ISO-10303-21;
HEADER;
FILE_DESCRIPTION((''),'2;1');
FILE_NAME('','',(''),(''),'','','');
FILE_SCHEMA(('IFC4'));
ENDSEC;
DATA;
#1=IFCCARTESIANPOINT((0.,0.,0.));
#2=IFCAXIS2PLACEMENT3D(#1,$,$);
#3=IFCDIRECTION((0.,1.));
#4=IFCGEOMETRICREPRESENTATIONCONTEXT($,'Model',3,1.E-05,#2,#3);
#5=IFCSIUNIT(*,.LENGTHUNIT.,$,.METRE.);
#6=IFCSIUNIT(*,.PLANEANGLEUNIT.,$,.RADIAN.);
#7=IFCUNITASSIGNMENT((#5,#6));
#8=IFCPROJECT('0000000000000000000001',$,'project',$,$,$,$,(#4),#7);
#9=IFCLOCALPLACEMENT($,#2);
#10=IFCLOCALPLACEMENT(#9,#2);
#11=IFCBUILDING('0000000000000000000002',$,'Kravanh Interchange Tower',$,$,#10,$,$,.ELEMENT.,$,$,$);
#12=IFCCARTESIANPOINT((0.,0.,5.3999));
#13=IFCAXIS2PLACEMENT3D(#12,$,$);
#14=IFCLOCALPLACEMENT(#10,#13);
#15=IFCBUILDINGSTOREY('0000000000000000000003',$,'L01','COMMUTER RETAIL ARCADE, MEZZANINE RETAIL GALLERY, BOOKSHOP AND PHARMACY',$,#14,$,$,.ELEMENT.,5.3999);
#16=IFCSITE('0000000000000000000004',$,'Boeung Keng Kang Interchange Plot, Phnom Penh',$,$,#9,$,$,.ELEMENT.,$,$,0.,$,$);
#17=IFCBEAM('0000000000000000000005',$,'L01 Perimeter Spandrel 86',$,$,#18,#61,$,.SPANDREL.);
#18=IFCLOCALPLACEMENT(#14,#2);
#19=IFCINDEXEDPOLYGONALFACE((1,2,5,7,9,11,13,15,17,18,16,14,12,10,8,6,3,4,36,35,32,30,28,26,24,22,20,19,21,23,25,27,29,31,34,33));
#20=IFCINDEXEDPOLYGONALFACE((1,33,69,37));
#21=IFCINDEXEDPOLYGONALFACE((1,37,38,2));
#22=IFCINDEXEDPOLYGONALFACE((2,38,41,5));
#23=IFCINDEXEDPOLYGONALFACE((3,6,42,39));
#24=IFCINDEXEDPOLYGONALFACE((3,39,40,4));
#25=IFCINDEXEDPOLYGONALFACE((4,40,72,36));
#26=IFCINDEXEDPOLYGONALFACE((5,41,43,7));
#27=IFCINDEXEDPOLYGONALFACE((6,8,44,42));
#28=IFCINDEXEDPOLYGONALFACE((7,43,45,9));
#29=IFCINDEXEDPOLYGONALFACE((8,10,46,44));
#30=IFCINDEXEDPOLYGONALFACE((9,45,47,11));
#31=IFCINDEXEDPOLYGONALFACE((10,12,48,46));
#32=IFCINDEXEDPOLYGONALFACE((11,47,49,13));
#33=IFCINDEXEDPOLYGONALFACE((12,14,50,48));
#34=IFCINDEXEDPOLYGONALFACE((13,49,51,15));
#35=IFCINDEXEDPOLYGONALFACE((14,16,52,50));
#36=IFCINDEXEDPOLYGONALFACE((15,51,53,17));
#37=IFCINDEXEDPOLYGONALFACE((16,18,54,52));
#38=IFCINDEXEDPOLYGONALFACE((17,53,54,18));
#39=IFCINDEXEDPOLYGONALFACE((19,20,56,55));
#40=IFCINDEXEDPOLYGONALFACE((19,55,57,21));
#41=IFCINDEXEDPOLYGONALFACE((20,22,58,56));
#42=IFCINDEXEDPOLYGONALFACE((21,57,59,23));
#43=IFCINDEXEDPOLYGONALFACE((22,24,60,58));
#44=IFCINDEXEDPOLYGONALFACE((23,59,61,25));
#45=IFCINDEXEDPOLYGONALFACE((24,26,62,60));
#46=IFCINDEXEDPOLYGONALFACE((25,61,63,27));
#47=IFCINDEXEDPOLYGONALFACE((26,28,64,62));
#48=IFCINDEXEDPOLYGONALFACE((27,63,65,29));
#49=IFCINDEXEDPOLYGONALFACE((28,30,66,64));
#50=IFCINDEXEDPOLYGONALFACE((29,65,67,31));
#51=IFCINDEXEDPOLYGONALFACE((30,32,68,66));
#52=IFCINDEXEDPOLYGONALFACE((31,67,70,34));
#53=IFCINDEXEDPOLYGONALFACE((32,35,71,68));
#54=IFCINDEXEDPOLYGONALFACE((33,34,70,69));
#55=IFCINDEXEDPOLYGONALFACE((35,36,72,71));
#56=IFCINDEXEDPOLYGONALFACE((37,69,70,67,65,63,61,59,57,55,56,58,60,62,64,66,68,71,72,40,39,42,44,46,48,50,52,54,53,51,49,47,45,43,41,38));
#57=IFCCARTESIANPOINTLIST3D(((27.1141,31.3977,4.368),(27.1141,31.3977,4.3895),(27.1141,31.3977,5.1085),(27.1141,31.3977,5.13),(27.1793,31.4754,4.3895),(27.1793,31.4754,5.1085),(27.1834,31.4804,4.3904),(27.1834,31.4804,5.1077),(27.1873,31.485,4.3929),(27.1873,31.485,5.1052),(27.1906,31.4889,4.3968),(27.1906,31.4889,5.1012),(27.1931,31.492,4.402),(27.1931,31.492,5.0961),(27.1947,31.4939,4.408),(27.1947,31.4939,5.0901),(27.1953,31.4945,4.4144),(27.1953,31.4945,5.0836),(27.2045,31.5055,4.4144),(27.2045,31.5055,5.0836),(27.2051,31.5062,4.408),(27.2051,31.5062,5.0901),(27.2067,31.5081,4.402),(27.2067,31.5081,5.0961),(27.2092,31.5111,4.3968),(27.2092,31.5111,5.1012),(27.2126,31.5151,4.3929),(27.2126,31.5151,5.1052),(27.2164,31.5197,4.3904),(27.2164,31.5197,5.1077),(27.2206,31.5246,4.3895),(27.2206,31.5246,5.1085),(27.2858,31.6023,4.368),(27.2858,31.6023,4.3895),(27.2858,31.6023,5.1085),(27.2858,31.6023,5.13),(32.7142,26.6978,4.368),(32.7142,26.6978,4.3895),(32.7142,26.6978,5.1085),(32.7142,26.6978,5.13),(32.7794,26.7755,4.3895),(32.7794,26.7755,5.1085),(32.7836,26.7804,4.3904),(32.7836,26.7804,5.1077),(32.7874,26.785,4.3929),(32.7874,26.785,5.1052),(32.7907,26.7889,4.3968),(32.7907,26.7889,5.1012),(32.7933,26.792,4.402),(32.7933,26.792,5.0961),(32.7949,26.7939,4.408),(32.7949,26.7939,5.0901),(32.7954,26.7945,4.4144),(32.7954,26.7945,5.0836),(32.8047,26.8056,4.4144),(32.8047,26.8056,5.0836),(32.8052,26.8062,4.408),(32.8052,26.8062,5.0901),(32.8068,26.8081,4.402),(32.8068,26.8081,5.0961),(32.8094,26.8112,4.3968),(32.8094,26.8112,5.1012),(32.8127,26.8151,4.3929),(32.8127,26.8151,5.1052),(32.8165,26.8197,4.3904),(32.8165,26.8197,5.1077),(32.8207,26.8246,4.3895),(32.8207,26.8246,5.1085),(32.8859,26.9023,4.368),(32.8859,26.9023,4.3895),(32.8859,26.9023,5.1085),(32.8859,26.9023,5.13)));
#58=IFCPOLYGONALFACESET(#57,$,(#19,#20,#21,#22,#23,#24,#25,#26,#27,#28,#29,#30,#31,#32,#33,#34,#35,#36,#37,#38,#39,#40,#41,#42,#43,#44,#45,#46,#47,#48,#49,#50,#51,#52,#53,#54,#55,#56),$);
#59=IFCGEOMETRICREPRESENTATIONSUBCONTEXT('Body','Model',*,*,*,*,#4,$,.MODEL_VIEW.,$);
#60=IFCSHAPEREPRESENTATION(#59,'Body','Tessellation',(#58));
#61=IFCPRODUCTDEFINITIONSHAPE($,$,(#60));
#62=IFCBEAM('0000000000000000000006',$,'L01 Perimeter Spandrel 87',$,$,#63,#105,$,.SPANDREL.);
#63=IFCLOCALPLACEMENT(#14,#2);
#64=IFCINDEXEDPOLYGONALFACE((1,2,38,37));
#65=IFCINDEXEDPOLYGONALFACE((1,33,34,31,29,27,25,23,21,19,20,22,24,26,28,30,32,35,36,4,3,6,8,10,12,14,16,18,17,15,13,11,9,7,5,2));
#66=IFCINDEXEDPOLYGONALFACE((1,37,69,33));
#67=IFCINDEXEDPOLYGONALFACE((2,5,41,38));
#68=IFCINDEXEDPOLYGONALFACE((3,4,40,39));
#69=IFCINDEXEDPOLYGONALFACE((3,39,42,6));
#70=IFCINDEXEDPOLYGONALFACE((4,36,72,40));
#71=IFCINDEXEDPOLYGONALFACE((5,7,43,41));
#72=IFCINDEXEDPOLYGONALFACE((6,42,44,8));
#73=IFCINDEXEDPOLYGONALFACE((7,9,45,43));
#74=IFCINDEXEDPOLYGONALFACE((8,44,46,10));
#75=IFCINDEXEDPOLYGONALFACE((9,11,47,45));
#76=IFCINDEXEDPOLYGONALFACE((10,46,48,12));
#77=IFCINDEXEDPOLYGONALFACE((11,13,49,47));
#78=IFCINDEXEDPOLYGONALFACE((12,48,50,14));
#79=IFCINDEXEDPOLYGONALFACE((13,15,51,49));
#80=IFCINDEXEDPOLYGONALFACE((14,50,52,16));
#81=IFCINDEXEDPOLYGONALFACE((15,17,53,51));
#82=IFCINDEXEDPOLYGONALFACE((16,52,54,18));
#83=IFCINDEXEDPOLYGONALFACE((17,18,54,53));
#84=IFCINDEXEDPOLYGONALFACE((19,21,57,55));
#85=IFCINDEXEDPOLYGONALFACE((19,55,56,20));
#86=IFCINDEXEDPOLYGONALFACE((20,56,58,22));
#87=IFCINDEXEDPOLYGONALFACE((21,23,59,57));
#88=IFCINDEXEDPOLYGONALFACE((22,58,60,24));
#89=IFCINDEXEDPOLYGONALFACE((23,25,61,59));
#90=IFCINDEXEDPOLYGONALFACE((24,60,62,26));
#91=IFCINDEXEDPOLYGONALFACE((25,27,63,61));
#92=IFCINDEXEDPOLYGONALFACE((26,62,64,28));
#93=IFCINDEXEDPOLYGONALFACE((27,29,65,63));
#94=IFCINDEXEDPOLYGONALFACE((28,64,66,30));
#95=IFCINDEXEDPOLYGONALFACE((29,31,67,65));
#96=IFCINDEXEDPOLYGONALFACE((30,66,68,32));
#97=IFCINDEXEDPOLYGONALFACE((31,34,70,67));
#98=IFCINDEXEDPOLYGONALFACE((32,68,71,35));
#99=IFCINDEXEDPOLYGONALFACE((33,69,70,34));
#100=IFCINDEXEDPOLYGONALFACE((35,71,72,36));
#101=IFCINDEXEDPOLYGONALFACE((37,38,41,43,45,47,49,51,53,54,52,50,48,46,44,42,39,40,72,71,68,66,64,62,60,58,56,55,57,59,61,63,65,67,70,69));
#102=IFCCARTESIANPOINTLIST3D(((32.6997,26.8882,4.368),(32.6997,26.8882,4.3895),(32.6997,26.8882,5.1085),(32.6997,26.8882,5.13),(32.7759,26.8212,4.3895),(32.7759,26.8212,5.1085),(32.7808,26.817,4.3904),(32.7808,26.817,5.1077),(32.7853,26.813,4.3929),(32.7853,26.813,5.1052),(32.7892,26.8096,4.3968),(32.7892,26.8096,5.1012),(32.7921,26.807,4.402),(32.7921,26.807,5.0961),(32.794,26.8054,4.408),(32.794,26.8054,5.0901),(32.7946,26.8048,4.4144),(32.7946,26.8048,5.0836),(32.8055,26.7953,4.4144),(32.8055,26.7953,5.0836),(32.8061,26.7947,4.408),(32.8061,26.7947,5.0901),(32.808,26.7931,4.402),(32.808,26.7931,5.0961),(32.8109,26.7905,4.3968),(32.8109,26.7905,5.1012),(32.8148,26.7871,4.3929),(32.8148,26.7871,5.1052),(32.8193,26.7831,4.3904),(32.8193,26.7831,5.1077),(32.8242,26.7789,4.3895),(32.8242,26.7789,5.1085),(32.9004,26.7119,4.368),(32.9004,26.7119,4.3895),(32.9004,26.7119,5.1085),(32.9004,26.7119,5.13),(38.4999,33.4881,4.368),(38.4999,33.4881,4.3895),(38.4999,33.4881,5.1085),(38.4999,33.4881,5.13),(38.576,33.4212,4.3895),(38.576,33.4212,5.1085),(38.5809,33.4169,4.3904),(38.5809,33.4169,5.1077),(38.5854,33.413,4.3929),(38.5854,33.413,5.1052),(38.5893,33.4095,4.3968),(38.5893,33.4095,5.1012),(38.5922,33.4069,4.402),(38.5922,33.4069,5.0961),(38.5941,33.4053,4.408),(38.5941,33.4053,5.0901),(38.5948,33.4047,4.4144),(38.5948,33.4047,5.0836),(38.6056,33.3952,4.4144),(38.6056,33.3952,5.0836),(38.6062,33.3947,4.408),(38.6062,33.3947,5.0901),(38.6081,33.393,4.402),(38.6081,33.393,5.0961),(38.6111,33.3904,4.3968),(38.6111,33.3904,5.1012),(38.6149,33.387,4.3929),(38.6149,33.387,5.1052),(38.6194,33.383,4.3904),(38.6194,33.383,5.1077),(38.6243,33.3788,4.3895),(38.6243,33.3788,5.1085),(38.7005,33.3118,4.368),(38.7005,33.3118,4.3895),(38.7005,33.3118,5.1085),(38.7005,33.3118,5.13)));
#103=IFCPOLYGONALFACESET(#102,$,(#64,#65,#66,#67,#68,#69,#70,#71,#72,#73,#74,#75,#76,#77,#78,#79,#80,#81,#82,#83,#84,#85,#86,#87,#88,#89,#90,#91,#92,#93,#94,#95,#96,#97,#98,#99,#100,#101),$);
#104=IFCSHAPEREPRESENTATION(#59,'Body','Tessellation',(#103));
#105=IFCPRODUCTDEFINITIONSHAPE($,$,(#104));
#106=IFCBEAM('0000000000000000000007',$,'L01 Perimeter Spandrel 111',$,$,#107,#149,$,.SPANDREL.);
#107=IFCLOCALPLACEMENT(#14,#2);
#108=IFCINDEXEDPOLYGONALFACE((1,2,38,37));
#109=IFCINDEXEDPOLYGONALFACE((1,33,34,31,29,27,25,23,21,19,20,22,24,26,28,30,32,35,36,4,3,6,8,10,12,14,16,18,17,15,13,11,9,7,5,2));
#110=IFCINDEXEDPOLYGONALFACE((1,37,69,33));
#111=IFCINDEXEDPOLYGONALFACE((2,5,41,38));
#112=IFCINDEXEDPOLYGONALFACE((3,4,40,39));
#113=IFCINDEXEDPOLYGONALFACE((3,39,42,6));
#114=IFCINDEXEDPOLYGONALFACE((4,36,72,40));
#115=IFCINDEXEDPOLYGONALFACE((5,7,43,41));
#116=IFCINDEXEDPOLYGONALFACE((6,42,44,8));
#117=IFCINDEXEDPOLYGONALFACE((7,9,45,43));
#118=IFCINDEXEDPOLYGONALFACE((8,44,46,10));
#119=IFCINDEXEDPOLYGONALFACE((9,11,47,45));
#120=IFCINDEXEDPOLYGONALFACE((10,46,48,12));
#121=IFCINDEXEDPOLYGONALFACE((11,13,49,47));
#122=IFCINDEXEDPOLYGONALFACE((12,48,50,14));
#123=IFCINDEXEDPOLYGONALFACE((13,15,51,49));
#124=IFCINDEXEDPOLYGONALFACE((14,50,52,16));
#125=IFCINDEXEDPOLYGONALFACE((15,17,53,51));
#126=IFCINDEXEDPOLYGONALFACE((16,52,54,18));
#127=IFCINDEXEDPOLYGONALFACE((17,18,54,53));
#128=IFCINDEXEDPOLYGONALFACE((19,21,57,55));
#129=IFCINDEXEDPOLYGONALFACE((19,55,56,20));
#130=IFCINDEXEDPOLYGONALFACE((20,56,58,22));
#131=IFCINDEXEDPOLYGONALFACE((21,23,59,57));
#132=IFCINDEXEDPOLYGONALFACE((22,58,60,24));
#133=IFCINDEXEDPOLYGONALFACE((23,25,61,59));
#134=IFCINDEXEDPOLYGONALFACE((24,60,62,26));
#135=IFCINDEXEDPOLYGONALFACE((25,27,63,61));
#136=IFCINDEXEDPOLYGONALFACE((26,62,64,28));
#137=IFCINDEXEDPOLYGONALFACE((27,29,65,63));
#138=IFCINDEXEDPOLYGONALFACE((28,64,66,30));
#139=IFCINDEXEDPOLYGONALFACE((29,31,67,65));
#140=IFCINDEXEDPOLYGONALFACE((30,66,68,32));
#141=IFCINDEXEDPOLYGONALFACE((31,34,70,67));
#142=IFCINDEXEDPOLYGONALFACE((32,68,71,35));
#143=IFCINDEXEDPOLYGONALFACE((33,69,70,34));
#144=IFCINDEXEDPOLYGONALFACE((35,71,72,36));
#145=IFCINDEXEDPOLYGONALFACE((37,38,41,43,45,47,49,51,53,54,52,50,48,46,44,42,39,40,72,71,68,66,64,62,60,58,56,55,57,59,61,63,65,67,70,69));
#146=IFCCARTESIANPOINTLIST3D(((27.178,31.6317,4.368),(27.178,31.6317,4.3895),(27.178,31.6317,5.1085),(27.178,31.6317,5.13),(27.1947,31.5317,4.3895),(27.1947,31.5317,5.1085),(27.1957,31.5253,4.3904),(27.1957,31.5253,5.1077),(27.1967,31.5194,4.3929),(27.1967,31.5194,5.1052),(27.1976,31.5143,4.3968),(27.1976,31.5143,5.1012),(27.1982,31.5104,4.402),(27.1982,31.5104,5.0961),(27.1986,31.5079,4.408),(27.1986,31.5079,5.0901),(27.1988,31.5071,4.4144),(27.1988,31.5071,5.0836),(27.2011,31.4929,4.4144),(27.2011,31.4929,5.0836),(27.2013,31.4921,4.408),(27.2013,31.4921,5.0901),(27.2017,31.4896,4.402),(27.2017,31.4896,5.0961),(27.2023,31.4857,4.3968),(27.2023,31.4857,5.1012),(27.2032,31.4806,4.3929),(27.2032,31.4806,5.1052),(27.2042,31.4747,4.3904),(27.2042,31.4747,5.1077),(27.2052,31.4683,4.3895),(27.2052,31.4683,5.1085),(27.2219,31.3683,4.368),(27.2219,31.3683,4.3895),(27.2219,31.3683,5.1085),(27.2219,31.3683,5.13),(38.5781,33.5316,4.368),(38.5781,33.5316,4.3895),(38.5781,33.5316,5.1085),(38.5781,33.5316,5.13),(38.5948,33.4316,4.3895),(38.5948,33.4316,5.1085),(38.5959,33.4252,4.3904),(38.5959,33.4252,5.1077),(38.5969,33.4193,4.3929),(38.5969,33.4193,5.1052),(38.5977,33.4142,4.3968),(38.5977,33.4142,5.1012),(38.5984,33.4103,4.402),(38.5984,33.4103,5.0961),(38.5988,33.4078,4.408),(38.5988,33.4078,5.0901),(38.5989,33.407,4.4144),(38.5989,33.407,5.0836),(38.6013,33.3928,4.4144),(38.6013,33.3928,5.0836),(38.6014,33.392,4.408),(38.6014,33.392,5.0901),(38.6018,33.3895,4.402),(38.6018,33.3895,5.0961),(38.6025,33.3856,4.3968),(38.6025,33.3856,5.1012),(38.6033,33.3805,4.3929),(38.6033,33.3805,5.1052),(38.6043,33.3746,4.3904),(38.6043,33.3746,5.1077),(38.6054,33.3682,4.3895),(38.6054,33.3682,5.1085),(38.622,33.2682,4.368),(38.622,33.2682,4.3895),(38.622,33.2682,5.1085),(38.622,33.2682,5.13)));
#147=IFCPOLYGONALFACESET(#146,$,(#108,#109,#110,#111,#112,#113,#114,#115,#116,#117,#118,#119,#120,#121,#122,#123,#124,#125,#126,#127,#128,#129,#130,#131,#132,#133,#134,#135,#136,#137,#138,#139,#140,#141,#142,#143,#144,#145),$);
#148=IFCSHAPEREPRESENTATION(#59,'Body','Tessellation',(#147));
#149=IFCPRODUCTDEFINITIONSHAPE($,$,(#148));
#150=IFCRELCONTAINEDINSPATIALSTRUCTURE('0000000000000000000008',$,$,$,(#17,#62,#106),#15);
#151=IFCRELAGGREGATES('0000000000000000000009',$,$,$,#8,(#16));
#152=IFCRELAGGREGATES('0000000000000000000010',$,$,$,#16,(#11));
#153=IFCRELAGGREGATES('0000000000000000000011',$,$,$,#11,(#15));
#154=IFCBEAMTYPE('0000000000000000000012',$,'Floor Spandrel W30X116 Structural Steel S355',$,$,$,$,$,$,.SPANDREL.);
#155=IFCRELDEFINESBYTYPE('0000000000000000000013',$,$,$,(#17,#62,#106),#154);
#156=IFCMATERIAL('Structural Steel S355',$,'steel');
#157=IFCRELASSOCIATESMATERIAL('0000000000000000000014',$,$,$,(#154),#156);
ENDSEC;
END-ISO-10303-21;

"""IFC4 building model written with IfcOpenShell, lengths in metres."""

from ifc_helpers import new_model, si_unit, direction, frame, origin, origin_2d, place, context, subcontext, project, spatial, i_section, extrude, material, material_profile, profile_set, type_object, element, save


model = new_model("IFC4")

# Units and contexts
model_context = context("Model", 3, precision=1e-05, world=origin(), true_north=direction((0.0, 1.0)))
body_context = subcontext(model_context, "Body", "Model", "MODEL_VIEW")
ifc_project = project(units=[si_unit("LENGTHUNIT", "METRE"), si_unit("PLANEANGLEUNIT", "RADIAN")], contexts=[model_context])

# Site, building, storey
site_placement = place(None, origin())
site = spatial("IfcSite", under=ifc_project, at=site_placement, Name="Boeung Keng Kang Interchange Plot, Phnom Penh", CompositionType="ELEMENT", RefElevation=0.0)
building_placement = place(site_placement, origin())
building = spatial("IfcBuilding", under=site, at=building_placement, Name="Kravanh Interchange Tower", CompositionType="ELEMENT")
storey_placement = place(building_placement, frame((0.0, 0.0, 5.3999)))
storey = spatial("IfcBuildingStorey", under=building, at=storey_placement, Name="L01", Description="COMMUTER RETAIL ARCADE, MEZZANINE RETAIL GALLERY, BOOKSHOP AND PHARMACY", CompositionType="ELEMENT", Elevation=5.3999)

# Beams
ifc_material_1 = material(Name="Structural Steel S355", Category="steel")
ifc_material_profile_1 = material_profile(ifc_material_1, i_section(OverallWidth=0.2671, OverallDepth=0.762, WebThickness=0.0144, FlangeThickness=0.0215, FilletRadius=0.0249, at=origin_2d()), Name="W30X116")
ifc_profile_set_1 = profile_set([ifc_material_profile_1], Name="Structural Steel S355")
beam_type_1 = type_object("IfcBeamType", Name="Floor Spandrel W30X116 Structural Steel S355", PredefinedType="SPANDREL", material=ifc_profile_set_1)
beam_1_placement = place(storey_placement, frame((32.8, 26.8, 4.749), z_axis=(-0.765983, 0.642861, 0.0), x_axis=(-0.642861, -0.765983, 0.0)))
element("IfcBeam", 1, at=beam_1_placement, inside=storey, type_object=beam_type_1, Name="L01 Perimeter Spandrel 86", PredefinedType="SPANDREL", context=body_context, shape_type="SweptSolid", body=[
    extrude(i_section(OverallWidth=0.2671, OverallDepth=0.762, WebThickness=0.0144, FlangeThickness=0.0215, FilletRadius=0.0249, at=origin_2d()), origin(), (0.0, 0.0, 1.0), 7.311),
])
beam_2_placement = place(storey_placement, frame((32.8, 26.8, 4.749), z_axis=(0.660126, 0.751155, 0.0), x_axis=(-0.751155, 0.660126, 0.0)))
element("IfcBeam", 2, at=beam_2_placement, inside=storey, type_object=beam_type_1, Name="L01 Perimeter Spandrel 87", PredefinedType="SPANDREL", context=body_context, shape_type="SweptSolid", body=[
    extrude(i_section(OverallWidth=0.2671, OverallDepth=0.762, WebThickness=0.0144, FlangeThickness=0.0215, FilletRadius=0.0249, at=origin_2d()), origin(), (0.0, 0.0, 1.0), 8.7864),
])
beam_3_placement = place(storey_placement, frame((27.2, 31.5, 4.749), z_axis=(0.986396, 0.164389, 0.0), x_axis=(-0.164389, 0.986396, 0.0)))
element("IfcBeam", 3, at=beam_3_placement, inside=storey, type_object=beam_type_1, Name="L01 Perimeter Spandrel 111", PredefinedType="SPANDREL", context=body_context, shape_type="SweptSolid", body=[
    extrude(i_section(OverallWidth=0.2671, OverallDepth=0.762, WebThickness=0.0144, FlangeThickness=0.0215, FilletRadius=0.0249, at=origin_2d()), origin(), (0.0, 0.0, 1.0), 11.5574),
])

save(model, "model.ifc")
